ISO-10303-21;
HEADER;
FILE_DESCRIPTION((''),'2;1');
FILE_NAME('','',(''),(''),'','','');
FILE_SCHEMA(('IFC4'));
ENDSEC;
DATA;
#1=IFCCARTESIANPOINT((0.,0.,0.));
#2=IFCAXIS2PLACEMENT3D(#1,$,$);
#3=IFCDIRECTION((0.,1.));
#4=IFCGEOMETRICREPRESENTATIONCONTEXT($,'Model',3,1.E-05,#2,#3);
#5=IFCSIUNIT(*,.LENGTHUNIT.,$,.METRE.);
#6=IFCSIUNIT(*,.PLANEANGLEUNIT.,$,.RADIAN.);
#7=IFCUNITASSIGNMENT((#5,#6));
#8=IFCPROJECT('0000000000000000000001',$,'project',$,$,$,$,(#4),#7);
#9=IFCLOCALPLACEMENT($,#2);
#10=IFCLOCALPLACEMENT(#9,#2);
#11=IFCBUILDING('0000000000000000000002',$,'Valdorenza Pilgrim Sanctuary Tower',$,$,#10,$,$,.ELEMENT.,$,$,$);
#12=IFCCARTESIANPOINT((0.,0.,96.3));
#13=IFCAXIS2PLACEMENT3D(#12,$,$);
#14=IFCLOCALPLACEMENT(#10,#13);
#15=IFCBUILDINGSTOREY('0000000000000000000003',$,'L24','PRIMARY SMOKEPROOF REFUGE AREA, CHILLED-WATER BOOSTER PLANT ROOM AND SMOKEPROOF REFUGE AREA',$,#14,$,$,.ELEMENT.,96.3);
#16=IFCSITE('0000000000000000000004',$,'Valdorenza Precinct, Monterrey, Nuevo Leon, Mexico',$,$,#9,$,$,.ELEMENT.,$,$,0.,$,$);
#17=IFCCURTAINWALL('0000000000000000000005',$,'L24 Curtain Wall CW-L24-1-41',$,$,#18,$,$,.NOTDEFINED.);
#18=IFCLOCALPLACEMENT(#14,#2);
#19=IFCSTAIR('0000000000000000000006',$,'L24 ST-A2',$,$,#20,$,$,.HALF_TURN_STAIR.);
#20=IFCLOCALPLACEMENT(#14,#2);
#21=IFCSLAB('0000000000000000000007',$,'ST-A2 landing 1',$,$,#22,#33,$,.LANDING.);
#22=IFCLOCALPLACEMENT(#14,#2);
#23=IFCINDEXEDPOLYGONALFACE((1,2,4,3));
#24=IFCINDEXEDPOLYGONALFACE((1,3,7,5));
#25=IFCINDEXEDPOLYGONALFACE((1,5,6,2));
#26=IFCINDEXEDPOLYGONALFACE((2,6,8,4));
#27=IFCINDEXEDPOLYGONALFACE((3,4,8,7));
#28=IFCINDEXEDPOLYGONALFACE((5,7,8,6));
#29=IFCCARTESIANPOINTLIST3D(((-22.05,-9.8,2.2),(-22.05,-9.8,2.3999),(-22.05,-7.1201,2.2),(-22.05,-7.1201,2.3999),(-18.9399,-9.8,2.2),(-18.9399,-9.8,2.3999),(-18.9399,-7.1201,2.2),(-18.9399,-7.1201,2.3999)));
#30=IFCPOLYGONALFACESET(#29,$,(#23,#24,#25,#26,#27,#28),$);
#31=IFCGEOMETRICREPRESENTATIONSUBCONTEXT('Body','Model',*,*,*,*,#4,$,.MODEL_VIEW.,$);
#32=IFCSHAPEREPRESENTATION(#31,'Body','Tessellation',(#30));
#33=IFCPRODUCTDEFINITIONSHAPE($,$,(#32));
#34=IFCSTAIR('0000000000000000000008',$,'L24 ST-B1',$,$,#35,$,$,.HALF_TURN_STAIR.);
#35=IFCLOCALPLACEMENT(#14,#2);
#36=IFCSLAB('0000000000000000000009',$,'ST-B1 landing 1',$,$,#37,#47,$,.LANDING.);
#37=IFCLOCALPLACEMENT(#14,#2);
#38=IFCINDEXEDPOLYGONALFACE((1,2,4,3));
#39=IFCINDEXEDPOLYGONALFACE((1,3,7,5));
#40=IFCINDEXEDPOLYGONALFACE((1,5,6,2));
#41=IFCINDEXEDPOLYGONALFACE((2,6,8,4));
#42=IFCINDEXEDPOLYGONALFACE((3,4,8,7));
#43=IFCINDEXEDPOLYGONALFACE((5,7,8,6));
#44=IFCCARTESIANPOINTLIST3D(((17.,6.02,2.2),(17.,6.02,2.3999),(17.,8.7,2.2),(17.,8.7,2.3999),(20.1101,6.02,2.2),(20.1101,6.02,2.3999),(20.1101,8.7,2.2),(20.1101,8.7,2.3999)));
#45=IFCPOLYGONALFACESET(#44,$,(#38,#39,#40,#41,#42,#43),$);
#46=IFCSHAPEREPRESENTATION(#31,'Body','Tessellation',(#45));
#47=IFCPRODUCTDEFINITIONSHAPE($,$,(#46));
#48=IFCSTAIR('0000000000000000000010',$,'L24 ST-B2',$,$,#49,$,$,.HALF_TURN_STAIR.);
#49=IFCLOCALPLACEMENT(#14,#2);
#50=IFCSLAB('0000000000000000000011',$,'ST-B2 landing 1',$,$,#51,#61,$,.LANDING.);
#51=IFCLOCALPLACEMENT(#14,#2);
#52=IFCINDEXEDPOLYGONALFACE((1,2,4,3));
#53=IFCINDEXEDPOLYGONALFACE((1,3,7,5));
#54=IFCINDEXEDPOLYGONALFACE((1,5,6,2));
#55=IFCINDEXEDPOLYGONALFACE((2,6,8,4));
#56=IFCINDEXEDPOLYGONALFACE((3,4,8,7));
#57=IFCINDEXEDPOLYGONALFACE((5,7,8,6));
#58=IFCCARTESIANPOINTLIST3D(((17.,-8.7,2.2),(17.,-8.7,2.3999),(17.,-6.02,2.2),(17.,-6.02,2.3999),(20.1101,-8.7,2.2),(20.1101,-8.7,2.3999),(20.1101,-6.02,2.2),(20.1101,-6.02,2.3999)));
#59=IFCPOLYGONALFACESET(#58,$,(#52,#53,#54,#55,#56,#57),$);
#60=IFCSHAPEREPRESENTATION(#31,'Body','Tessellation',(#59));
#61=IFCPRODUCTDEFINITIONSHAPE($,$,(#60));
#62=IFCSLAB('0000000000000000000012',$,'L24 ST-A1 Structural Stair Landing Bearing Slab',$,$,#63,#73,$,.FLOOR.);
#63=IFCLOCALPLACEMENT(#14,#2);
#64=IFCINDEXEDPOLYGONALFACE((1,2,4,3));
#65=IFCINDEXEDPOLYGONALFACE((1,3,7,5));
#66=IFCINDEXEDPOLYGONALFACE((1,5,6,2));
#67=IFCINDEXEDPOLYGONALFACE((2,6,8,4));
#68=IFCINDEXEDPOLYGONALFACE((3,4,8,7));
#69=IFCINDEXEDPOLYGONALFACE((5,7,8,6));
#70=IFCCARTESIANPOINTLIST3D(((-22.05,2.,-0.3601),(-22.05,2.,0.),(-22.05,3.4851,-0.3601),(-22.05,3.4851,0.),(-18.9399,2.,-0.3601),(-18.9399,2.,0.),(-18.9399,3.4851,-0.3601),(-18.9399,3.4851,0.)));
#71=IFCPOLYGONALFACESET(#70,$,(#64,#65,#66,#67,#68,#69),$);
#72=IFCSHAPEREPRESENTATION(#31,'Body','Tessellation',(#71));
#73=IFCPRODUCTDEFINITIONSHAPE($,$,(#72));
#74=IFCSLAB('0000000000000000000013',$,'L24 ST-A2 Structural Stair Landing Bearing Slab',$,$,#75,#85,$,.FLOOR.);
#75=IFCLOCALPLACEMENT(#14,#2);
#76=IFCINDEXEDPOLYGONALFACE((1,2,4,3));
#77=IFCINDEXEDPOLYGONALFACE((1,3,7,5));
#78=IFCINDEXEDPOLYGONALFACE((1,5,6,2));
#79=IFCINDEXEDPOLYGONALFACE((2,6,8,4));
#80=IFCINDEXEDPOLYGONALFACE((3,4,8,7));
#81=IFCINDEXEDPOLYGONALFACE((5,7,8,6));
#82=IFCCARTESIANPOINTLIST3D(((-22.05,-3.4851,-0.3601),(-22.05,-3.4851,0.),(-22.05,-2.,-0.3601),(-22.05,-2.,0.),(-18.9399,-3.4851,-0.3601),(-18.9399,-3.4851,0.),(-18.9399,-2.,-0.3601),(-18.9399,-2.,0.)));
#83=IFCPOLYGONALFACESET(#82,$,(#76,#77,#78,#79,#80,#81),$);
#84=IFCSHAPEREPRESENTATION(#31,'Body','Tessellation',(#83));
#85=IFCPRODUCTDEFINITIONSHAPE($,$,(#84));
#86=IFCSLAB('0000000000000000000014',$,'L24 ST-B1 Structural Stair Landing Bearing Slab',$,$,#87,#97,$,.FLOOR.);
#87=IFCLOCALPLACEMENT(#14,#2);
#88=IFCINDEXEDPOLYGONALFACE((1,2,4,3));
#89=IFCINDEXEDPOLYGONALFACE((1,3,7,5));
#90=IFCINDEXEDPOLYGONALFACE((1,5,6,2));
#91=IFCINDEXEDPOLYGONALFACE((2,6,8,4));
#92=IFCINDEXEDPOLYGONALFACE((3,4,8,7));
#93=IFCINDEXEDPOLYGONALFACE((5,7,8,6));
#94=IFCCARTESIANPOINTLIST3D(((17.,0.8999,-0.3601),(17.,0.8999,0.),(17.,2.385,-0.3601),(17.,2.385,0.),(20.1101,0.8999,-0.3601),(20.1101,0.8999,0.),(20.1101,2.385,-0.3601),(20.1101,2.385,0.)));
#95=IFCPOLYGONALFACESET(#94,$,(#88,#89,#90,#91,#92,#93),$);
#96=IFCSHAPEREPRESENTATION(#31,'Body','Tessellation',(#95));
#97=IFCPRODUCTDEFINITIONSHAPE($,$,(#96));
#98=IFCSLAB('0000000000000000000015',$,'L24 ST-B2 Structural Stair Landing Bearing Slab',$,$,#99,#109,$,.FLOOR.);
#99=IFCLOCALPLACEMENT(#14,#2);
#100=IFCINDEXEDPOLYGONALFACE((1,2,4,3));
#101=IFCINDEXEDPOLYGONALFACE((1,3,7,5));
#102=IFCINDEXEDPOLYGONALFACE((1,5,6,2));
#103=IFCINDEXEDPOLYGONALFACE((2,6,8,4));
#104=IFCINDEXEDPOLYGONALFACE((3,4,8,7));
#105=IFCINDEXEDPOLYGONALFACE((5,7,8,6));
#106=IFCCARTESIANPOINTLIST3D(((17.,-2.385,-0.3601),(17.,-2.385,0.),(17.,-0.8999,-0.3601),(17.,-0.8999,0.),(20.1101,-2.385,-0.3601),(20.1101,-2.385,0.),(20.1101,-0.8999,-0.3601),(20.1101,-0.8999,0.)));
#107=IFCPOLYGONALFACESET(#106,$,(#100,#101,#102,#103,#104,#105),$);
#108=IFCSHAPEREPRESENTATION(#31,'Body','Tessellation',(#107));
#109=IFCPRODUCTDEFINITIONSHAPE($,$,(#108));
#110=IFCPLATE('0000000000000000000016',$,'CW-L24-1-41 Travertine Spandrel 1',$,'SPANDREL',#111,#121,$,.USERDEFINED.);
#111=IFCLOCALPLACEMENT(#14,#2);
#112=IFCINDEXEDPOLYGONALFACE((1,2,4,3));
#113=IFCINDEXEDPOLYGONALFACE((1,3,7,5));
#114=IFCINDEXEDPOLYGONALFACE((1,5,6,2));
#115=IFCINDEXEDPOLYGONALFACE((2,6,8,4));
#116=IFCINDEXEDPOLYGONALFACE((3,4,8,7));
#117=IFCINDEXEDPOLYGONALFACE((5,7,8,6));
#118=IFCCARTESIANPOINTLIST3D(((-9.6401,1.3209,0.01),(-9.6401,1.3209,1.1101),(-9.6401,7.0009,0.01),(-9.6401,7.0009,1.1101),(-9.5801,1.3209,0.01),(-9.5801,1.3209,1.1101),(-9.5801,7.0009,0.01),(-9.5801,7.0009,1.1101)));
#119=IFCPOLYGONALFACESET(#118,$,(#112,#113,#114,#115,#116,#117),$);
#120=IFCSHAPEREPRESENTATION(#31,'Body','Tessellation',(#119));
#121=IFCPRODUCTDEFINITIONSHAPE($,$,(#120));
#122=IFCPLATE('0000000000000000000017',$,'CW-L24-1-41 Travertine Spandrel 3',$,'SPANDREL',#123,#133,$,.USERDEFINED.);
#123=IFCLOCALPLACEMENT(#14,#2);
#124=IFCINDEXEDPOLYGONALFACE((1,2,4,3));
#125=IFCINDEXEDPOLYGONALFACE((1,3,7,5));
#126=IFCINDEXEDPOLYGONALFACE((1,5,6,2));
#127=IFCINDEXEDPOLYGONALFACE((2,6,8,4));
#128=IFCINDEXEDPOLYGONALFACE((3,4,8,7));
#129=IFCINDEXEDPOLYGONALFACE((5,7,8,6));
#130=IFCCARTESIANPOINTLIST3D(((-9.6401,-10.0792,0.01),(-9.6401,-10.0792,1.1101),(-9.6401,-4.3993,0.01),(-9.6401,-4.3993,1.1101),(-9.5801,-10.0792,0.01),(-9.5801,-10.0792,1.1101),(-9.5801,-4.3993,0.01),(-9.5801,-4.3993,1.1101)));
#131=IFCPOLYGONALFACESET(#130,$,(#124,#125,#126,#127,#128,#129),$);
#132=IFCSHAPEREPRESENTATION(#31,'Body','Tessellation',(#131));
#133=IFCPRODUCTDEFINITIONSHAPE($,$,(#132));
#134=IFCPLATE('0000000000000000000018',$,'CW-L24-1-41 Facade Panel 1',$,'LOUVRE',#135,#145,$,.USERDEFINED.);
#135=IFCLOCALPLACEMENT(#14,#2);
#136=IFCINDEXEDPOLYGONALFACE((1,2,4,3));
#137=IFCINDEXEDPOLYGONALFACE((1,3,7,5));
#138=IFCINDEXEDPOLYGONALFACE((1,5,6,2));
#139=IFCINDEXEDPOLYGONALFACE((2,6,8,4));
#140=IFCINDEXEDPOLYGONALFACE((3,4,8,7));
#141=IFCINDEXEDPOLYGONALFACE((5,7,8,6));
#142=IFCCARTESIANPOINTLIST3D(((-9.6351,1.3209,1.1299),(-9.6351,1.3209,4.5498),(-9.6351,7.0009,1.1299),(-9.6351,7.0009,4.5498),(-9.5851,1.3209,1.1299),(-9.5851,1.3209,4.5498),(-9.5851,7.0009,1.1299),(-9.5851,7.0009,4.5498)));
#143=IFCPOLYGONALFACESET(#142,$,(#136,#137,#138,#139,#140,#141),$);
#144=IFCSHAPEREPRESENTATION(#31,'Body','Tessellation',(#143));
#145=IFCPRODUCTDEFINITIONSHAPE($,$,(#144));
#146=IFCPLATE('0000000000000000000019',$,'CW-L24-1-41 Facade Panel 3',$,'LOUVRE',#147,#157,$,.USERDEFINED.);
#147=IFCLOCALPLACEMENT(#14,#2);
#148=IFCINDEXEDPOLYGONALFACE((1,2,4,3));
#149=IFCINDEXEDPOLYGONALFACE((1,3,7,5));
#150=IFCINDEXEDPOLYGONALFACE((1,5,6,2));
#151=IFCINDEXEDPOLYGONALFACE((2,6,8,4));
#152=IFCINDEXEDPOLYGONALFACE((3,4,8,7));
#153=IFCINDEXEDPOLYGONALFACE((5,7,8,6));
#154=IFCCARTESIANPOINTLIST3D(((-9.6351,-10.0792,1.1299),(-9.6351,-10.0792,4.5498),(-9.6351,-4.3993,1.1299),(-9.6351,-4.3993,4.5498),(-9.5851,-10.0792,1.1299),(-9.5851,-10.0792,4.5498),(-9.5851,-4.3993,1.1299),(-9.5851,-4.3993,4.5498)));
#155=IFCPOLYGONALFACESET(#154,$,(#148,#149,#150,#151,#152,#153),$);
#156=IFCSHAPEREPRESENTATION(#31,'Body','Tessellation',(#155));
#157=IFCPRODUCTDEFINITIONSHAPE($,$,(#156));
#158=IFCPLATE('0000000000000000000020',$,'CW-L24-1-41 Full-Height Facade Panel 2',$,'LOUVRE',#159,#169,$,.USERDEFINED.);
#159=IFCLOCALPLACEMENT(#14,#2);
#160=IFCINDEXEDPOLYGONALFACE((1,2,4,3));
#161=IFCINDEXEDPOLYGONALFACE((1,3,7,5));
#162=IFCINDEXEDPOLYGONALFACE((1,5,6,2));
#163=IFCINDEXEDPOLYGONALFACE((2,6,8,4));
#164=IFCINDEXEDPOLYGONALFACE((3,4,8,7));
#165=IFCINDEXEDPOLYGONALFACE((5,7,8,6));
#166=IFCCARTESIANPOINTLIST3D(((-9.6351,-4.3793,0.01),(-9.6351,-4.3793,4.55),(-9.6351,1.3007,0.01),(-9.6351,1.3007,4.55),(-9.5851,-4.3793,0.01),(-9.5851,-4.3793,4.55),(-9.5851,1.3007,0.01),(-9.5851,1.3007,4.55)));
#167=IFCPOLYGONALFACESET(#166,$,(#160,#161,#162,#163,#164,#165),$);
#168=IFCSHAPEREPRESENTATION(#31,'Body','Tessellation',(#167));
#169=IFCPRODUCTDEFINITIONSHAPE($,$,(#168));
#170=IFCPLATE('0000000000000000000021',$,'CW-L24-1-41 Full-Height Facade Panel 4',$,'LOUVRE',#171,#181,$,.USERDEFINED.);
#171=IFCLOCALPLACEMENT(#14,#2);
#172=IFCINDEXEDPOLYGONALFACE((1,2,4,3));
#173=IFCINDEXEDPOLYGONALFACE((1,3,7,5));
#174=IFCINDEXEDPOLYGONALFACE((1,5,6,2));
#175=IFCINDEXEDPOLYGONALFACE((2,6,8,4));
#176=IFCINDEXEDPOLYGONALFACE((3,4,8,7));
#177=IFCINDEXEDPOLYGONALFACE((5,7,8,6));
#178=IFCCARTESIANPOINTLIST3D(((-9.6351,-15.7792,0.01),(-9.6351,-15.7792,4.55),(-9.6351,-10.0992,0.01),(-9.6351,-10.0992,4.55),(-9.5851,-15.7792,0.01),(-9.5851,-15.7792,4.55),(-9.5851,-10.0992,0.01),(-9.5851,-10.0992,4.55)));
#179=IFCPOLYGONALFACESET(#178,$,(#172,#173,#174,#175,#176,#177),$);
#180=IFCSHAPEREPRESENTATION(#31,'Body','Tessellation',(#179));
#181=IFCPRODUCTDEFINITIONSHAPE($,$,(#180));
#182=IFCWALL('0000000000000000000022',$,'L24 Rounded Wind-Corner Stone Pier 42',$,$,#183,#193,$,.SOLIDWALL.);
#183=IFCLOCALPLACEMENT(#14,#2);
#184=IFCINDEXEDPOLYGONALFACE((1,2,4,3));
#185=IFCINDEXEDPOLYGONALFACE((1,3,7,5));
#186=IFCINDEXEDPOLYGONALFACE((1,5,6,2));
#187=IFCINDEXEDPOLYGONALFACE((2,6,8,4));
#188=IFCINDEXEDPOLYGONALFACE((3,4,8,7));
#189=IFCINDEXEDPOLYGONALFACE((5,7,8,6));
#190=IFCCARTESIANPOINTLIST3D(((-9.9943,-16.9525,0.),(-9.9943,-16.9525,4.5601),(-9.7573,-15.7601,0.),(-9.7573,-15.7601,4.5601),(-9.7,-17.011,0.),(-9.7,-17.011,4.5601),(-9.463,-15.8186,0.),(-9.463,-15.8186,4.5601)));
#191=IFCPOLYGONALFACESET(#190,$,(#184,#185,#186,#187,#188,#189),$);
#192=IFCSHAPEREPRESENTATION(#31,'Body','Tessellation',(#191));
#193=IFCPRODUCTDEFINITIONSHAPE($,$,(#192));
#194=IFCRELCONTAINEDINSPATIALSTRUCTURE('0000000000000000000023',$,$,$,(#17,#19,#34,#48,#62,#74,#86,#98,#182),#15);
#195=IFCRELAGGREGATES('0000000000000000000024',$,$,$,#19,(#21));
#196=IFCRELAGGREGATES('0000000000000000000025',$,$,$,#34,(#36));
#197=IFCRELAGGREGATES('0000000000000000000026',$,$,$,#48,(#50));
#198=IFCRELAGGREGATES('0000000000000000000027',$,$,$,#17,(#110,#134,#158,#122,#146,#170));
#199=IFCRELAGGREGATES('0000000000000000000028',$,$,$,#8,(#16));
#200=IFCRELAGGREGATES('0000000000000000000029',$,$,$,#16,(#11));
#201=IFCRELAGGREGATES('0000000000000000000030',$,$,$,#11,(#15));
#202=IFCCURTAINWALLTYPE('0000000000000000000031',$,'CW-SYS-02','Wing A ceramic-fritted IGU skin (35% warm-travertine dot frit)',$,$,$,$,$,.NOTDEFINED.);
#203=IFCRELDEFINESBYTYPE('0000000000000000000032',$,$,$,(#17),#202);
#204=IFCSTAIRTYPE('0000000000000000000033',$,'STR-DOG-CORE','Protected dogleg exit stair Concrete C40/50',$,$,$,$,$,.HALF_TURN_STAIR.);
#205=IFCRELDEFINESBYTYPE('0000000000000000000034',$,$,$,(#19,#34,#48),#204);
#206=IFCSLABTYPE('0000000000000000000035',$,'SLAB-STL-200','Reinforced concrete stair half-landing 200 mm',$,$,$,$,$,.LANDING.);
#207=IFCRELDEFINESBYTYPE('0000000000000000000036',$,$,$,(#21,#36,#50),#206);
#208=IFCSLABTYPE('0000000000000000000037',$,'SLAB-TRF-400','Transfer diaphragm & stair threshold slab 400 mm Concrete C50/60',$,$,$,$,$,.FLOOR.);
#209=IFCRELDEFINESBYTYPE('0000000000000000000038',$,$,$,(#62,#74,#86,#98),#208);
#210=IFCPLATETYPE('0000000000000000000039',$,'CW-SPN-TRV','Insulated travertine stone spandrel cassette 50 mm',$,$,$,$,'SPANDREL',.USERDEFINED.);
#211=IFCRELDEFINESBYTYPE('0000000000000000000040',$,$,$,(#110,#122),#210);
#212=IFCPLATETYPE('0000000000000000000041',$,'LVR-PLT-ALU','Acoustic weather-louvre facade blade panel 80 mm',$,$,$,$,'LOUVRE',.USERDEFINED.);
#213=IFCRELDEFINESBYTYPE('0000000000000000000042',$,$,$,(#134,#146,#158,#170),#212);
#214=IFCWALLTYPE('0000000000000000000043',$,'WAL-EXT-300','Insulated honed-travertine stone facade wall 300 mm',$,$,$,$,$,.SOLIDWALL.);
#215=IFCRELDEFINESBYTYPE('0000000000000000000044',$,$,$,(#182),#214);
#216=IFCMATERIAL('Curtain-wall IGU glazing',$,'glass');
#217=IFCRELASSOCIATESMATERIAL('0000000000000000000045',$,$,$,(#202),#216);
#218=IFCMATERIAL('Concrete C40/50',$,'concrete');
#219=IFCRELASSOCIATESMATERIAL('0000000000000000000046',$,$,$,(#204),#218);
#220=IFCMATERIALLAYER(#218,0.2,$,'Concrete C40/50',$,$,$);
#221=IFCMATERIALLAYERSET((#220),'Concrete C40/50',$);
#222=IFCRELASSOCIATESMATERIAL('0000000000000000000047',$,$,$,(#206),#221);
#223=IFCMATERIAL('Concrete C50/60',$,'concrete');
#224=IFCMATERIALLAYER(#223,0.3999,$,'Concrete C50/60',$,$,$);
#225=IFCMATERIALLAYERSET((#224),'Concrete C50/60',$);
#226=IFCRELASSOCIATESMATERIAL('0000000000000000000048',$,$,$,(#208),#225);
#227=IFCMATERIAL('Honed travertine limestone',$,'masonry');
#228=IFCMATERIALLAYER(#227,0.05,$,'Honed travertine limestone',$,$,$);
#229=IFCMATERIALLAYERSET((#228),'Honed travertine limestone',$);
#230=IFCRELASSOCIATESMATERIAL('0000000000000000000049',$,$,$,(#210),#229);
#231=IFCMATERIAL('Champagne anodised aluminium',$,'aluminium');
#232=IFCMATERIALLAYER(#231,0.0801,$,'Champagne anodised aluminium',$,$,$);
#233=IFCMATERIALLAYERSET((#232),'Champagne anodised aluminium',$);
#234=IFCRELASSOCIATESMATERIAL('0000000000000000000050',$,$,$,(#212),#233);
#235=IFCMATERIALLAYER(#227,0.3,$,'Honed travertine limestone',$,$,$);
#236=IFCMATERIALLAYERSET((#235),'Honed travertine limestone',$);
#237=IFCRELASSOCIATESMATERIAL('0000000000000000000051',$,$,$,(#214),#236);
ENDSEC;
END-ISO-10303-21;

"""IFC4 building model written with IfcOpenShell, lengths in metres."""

from ifc_helpers import new_model, si_unit, direction, frame, frame_2d, origin, origin_2d, place, context, subcontext, project, spatial, polyline, rectangle, outline, extrude, source, transform, mapped, material, layer, layer_set, type_object, element, aggregate, save


model = new_model("IFC4")

# Units and contexts
model_context = context("Model", 3, precision=1e-05, world=origin(), true_north=direction((0.0, 1.0)))
body_context = subcontext(model_context, "Body", "Model", "MODEL_VIEW")
ifc_project = project(units=[si_unit("LENGTHUNIT", "METRE"), si_unit("PLANEANGLEUNIT", "RADIAN")], contexts=[model_context])

# Site, building, storey
site_placement = place(None, origin())
site = spatial("IfcSite", under=ifc_project, at=site_placement, Name="Valdorenza Precinct, Monterrey, Nuevo Leon, Mexico", CompositionType="ELEMENT", RefElevation=0.0)
building_placement = place(site_placement, origin())
building = spatial("IfcBuilding", under=site, at=building_placement, Name="Valdorenza Pilgrim Sanctuary Tower", CompositionType="ELEMENT")
storey_placement = place(building_placement, frame((0.0, 0.0, 96.3)))
storey = spatial("IfcBuildingStorey", under=building, at=storey_placement, Name="L24", Description="PRIMARY SMOKEPROOF REFUGE AREA, CHILLED-WATER BOOSTER PLANT ROOM AND SMOKEPROOF REFUGE AREA", CompositionType="ELEMENT", Elevation=96.3)

# Shared definitions
ifc_material_1 = material(Name="Curtain-wall IGU glazing", Category="glass")

# Curtain wall
curtain_wall_type_1 = type_object("IfcCurtainWallType", Name="CW-SYS-02", Description="Wing A ceramic-fritted IGU skin (35% warm-travertine dot frit)", PredefinedType="NOTDEFINED", material=ifc_material_1)
curtain_wall_1_placement = place(storey_placement, origin())
curtain_wall_1 = element("IfcCurtainWall", 1, at=curtain_wall_1_placement, inside=storey, type_object=curtain_wall_type_1, Name="L24 Curtain Wall CW-L24-1-41", PredefinedType="NOTDEFINED")

# Shared definitions
ifc_material_2 = material(Name="Concrete C40/50", Category="concrete")

# Stairs, slabs
stair_type = type_object("IfcStairType", Name="STR-DOG-CORE", Description="Protected dogleg exit stair Concrete C40/50", PredefinedType="HALF_TURN_STAIR", material=ifc_material_2)
ifc_layer_1 = layer(ifc_material_2, 0.2, Name="Concrete C40/50")
ifc_layer_set_1 = layer_set([ifc_layer_1], Name="Concrete C40/50")
slab_type_1 = type_object("IfcSlabType", Name="SLAB-STL-200", Description="Reinforced concrete stair half-landing 200 mm", PredefinedType="LANDING", material=ifc_layer_set_1)
stair_1_placement = place(storey_placement, origin())
stair_1 = element("IfcStair", 2, at=stair_1_placement, inside=storey, type_object=stair_type, Name="L24 ST-A2", PredefinedType="HALF_TURN_STAIR")
slab_1_placement = place(storey_placement, frame((0.0, 0.0, 2.2)))
slab_1 = element("IfcSlab", 3, at=slab_1_placement, type_object=slab_type_1, Name="ST-A2 landing 1", PredefinedType="LANDING", context=body_context, shape_type="SweptSolid", body=[
    extrude(outline(polyline([(-22.05, -7.1201), (-22.05, -9.8), (-18.9399, -9.8), (-18.9399, -7.1201), (-22.05, -7.1201)])), origin(), (0.0, 0.0, 1.0), 0.2),
])
aggregate(stair_1, [slab_1])
stair_2_placement = place(storey_placement, origin())
stair_2 = element("IfcStair", 4, at=stair_2_placement, inside=storey, type_object=stair_type, Name="L24 ST-B1", PredefinedType="HALF_TURN_STAIR")
slab_2_placement = place(storey_placement, frame((0.0, 0.0, 2.2)))
slab_2 = element("IfcSlab", 5, at=slab_2_placement, type_object=slab_type_1, Name="ST-B1 landing 1", PredefinedType="LANDING", context=body_context, shape_type="SweptSolid", body=[
    extrude(outline(polyline([(20.1101, 6.02), (20.1101, 8.7), (17.0, 8.7), (17.0, 6.02), (20.1101, 6.02)])), origin(), (0.0, 0.0, 1.0), 0.2),
])
aggregate(stair_2, [slab_2])
stair_3_placement = place(storey_placement, origin())
stair_3 = element("IfcStair", 6, at=stair_3_placement, inside=storey, type_object=stair_type, Name="L24 ST-B2", PredefinedType="HALF_TURN_STAIR")
slab_3_placement = place(storey_placement, frame((0.0, 0.0, 2.2)))
slab_3 = element("IfcSlab", 7, at=slab_3_placement, type_object=slab_type_1, Name="ST-B2 landing 1", PredefinedType="LANDING", context=body_context, shape_type="SweptSolid", body=[
    extrude(outline(polyline([(17.0, -6.02), (17.0, -8.7), (20.1101, -8.7), (20.1101, -6.02), (17.0, -6.02)])), origin(), (0.0, 0.0, 1.0), 0.2),
])
aggregate(stair_3, [slab_3])

# Slabs
ifc_material_3 = material(Name="Concrete C50/60", Category="concrete")
ifc_layer_2 = layer(ifc_material_3, 0.3999, Name="Concrete C50/60")
ifc_layer_set_2 = layer_set([ifc_layer_2], Name="Concrete C50/60")
slab_type_2 = type_object("IfcSlabType", Name="SLAB-TRF-400", Description="Transfer diaphragm & stair threshold slab 400 mm Concrete C50/60", PredefinedType="FLOOR", material=ifc_layer_set_2)
slab_4_placement = place(storey_placement, frame((0.0, 0.0, -0.3601)))
element("IfcSlab", 8, at=slab_4_placement, inside=storey, type_object=slab_type_2, Name="L24 ST-A1 Structural Stair Landing Bearing Slab", PredefinedType="FLOOR", context=body_context, shape_type="SweptSolid", body=[
    extrude(outline(polyline([(-22.05, 2.0), (-18.9399, 2.0), (-18.9399, 3.4851), (-22.05, 3.4851), (-22.05, 2.0)])), origin(), (0.0, 0.0, 1.0), 0.3601),
])
slab_5_placement = place(storey_placement, frame((0.0, 0.0, -0.3601)))
element("IfcSlab", 9, at=slab_5_placement, inside=storey, type_object=slab_type_2, Name="L24 ST-A2 Structural Stair Landing Bearing Slab", PredefinedType="FLOOR", context=body_context, shape_type="SweptSolid", body=[
    extrude(outline(polyline([(-22.05, -3.4851), (-18.9399, -3.4851), (-18.9399, -2.0), (-22.05, -2.0), (-22.05, -3.4851)])), origin(), (0.0, 0.0, 1.0), 0.3601),
])
slab_6_placement = place(storey_placement, frame((0.0, 0.0, -0.3601)))
element("IfcSlab", 10, at=slab_6_placement, inside=storey, type_object=slab_type_2, Name="L24 ST-B1 Structural Stair Landing Bearing Slab", PredefinedType="FLOOR", context=body_context, shape_type="SweptSolid", body=[
    extrude(outline(polyline([(17.0, 0.8999), (20.1101, 0.8999), (20.1101, 2.385), (17.0, 2.385), (17.0, 0.8999)])), origin(), (0.0, 0.0, 1.0), 0.3601),
])
slab_7_placement = place(storey_placement, frame((0.0, 0.0, -0.3601)))
element("IfcSlab", 11, at=slab_7_placement, inside=storey, type_object=slab_type_2, Name="L24 ST-B2 Structural Stair Landing Bearing Slab", PredefinedType="FLOOR", context=body_context, shape_type="SweptSolid", body=[
    extrude(outline(polyline([(17.0, -2.385), (20.1101, -2.385), (20.1101, -0.8999), (17.0, -0.8999), (17.0, -2.385)])), origin(), (0.0, 0.0, 1.0), 0.3601),
])

# Plates
ifc_material_4 = material(Name="Honed travertine limestone", Category="masonry")
ifc_layer_3 = layer(ifc_material_4, 0.05, Name="Honed travertine limestone")
ifc_layer_set_3 = layer_set([ifc_layer_3], Name="Honed travertine limestone")
plate_type_1 = type_object("IfcPlateType", Name="CW-SPN-TRV", Description="Insulated travertine stone spandrel cassette 50 mm", ElementType="SPANDREL", PredefinedType="USERDEFINED", material=ifc_layer_set_3)
shared_shape_1 = source(origin(), body_context, "Body", "SweptSolid", [
    extrude(rectangle(XDim=5.6799, YDim=0.0601, at=origin_2d()), origin(), (0.0, 0.0, 1.0), 1.1001),
])
plate_1_placement = place(storey_placement, frame((-9.6101, 4.1609, 0.01), z_axis=(0.0, 0.0, 1.0), x_axis=(0.0, -1.0, 0.0)))
plate_1 = element("IfcPlate", 12, at=plate_1_placement, type_object=plate_type_1, Name="CW-L24-1-41 Travertine Spandrel 1", ObjectType="SPANDREL", PredefinedType="USERDEFINED", context=body_context, shape_type="MappedRepresentation", body=[
    mapped(shared_shape_1, transform((0.0, 0.0, 0.0), x_axis=(1.0, 0.0, 0.0), y_axis=(0.0, 1.0, 0.0), z_axis=(0.0, 0.0, 1.0), scale=1.0)),
])
plate_2_placement = place(storey_placement, frame((-9.6101, -7.2393, 0.01), z_axis=(0.0, 0.0, 1.0), x_axis=(0.0, -1.0, 0.0)))
plate_2 = element("IfcPlate", 13, at=plate_2_placement, type_object=plate_type_1, Name="CW-L24-1-41 Travertine Spandrel 3", ObjectType="SPANDREL", PredefinedType="USERDEFINED", context=body_context, shape_type="MappedRepresentation", body=[
    mapped(shared_shape_1, transform((0.0, 0.0, 0.0), x_axis=(1.0, 0.0, 0.0), y_axis=(0.0, 1.0, 0.0), z_axis=(0.0, 0.0, 1.0), scale=1.0)),
])
ifc_material_5 = material(Name="Champagne anodised aluminium", Category="aluminium")
ifc_layer_4 = layer(ifc_material_5, 0.0801, Name="Champagne anodised aluminium")
ifc_layer_set_4 = layer_set([ifc_layer_4], Name="Champagne anodised aluminium")
plate_type_2 = type_object("IfcPlateType", Name="LVR-PLT-ALU", Description="Acoustic weather-louvre facade blade panel 80 mm", ElementType="LOUVRE", PredefinedType="USERDEFINED", material=ifc_layer_set_4)
shared_shape_2 = source(origin(), body_context, "Body", "SweptSolid", [
    extrude(rectangle(XDim=5.6799, YDim=0.05, at=origin_2d()), origin(), (0.0, 0.0, 1.0), 3.4199),
])
plate_3_placement = place(storey_placement, frame((-9.6101, 4.1609, 1.1299), z_axis=(0.0, 0.0, 1.0), x_axis=(0.0, -1.0, 0.0)))
plate_3 = element("IfcPlate", 14, at=plate_3_placement, type_object=plate_type_2, Name="CW-L24-1-41 Facade Panel 1", ObjectType="LOUVRE", PredefinedType="USERDEFINED", context=body_context, shape_type="MappedRepresentation", body=[
    mapped(shared_shape_2, transform((0.0, 0.0, 0.0), x_axis=(1.0, 0.0, 0.0), y_axis=(0.0, 1.0, 0.0), z_axis=(0.0, 0.0, 1.0), scale=1.0)),
])
plate_4_placement = place(storey_placement, frame((-9.6101, -7.2393, 1.1299), z_axis=(0.0, 0.0, 1.0), x_axis=(0.0, -1.0, 0.0)))
plate_4 = element("IfcPlate", 15, at=plate_4_placement, type_object=plate_type_2, Name="CW-L24-1-41 Facade Panel 3", ObjectType="LOUVRE", PredefinedType="USERDEFINED", context=body_context, shape_type="MappedRepresentation", body=[
    mapped(shared_shape_2, transform((0.0, 0.0, 0.0), x_axis=(1.0, 0.0, 0.0), y_axis=(0.0, 1.0, 0.0), z_axis=(0.0, 0.0, 1.0), scale=1.0)),
])
shared_shape_3 = source(origin(), body_context, "Body", "SweptSolid", [
    extrude(rectangle(XDim=5.6799, YDim=0.05, at=origin_2d()), origin(), (0.0, 0.0, 1.0), 4.54),
])
plate_5_placement = place(storey_placement, frame((-9.6101, -1.5393, 0.01), z_axis=(0.0, 0.0, 1.0), x_axis=(0.0, -1.0, 0.0)))
plate_5 = element("IfcPlate", 16, at=plate_5_placement, type_object=plate_type_2, Name="CW-L24-1-41 Full-Height Facade Panel 2", ObjectType="LOUVRE", PredefinedType="USERDEFINED", context=body_context, shape_type="MappedRepresentation", body=[
    mapped(shared_shape_3, transform((0.0, 0.0, 0.0), x_axis=(1.0, 0.0, 0.0), y_axis=(0.0, 1.0, 0.0), z_axis=(0.0, 0.0, 1.0), scale=1.0)),
])
plate_6_placement = place(storey_placement, frame((-9.6101, -12.9392, 0.01), z_axis=(0.0, 0.0, 1.0), x_axis=(0.0, -1.0, 0.0)))
plate_6 = element("IfcPlate", 17, at=plate_6_placement, type_object=plate_type_2, Name="CW-L24-1-41 Full-Height Facade Panel 4", ObjectType="LOUVRE", PredefinedType="USERDEFINED", context=body_context, shape_type="MappedRepresentation", body=[
    mapped(shared_shape_3, transform((0.0, 0.0, 0.0), x_axis=(1.0, 0.0, 0.0), y_axis=(0.0, 1.0, 0.0), z_axis=(0.0, 0.0, 1.0), scale=1.0)),
])
aggregate(curtain_wall_1, [plate_1, plate_3, plate_5, plate_2, plate_4, plate_6])

# Wall
ifc_layer_5 = layer(ifc_material_4, 0.3, Name="Honed travertine limestone")
ifc_layer_set_5 = layer_set([ifc_layer_5], Name="Honed travertine limestone")
wall_type = type_object("IfcWallType", Name="WAL-EXT-300", Description="Insulated honed-travertine stone facade wall 300 mm", PredefinedType="SOLIDWALL", material=ifc_layer_set_5)
wall_placement = place(storey_placement, frame((-9.6101, -15.7893, 0.0), z_axis=(0.0, 0.0, 1.0), x_axis=(-0.194996, -0.980804, 0.0)))
element("IfcWall", 18, at=wall_placement, inside=storey, type_object=wall_type, Name="L24 Rounded Wind-Corner Stone Pier 42", PredefinedType="SOLIDWALL", context=body_context, shape_type="SweptSolid", body=[
    extrude(rectangle(XDim=1.2158, YDim=0.3, at=frame_2d((0.6079, 0.0))), origin(), (0.0, 0.0, 1.0), 4.5601),
])

save(model, "model.ifc")
